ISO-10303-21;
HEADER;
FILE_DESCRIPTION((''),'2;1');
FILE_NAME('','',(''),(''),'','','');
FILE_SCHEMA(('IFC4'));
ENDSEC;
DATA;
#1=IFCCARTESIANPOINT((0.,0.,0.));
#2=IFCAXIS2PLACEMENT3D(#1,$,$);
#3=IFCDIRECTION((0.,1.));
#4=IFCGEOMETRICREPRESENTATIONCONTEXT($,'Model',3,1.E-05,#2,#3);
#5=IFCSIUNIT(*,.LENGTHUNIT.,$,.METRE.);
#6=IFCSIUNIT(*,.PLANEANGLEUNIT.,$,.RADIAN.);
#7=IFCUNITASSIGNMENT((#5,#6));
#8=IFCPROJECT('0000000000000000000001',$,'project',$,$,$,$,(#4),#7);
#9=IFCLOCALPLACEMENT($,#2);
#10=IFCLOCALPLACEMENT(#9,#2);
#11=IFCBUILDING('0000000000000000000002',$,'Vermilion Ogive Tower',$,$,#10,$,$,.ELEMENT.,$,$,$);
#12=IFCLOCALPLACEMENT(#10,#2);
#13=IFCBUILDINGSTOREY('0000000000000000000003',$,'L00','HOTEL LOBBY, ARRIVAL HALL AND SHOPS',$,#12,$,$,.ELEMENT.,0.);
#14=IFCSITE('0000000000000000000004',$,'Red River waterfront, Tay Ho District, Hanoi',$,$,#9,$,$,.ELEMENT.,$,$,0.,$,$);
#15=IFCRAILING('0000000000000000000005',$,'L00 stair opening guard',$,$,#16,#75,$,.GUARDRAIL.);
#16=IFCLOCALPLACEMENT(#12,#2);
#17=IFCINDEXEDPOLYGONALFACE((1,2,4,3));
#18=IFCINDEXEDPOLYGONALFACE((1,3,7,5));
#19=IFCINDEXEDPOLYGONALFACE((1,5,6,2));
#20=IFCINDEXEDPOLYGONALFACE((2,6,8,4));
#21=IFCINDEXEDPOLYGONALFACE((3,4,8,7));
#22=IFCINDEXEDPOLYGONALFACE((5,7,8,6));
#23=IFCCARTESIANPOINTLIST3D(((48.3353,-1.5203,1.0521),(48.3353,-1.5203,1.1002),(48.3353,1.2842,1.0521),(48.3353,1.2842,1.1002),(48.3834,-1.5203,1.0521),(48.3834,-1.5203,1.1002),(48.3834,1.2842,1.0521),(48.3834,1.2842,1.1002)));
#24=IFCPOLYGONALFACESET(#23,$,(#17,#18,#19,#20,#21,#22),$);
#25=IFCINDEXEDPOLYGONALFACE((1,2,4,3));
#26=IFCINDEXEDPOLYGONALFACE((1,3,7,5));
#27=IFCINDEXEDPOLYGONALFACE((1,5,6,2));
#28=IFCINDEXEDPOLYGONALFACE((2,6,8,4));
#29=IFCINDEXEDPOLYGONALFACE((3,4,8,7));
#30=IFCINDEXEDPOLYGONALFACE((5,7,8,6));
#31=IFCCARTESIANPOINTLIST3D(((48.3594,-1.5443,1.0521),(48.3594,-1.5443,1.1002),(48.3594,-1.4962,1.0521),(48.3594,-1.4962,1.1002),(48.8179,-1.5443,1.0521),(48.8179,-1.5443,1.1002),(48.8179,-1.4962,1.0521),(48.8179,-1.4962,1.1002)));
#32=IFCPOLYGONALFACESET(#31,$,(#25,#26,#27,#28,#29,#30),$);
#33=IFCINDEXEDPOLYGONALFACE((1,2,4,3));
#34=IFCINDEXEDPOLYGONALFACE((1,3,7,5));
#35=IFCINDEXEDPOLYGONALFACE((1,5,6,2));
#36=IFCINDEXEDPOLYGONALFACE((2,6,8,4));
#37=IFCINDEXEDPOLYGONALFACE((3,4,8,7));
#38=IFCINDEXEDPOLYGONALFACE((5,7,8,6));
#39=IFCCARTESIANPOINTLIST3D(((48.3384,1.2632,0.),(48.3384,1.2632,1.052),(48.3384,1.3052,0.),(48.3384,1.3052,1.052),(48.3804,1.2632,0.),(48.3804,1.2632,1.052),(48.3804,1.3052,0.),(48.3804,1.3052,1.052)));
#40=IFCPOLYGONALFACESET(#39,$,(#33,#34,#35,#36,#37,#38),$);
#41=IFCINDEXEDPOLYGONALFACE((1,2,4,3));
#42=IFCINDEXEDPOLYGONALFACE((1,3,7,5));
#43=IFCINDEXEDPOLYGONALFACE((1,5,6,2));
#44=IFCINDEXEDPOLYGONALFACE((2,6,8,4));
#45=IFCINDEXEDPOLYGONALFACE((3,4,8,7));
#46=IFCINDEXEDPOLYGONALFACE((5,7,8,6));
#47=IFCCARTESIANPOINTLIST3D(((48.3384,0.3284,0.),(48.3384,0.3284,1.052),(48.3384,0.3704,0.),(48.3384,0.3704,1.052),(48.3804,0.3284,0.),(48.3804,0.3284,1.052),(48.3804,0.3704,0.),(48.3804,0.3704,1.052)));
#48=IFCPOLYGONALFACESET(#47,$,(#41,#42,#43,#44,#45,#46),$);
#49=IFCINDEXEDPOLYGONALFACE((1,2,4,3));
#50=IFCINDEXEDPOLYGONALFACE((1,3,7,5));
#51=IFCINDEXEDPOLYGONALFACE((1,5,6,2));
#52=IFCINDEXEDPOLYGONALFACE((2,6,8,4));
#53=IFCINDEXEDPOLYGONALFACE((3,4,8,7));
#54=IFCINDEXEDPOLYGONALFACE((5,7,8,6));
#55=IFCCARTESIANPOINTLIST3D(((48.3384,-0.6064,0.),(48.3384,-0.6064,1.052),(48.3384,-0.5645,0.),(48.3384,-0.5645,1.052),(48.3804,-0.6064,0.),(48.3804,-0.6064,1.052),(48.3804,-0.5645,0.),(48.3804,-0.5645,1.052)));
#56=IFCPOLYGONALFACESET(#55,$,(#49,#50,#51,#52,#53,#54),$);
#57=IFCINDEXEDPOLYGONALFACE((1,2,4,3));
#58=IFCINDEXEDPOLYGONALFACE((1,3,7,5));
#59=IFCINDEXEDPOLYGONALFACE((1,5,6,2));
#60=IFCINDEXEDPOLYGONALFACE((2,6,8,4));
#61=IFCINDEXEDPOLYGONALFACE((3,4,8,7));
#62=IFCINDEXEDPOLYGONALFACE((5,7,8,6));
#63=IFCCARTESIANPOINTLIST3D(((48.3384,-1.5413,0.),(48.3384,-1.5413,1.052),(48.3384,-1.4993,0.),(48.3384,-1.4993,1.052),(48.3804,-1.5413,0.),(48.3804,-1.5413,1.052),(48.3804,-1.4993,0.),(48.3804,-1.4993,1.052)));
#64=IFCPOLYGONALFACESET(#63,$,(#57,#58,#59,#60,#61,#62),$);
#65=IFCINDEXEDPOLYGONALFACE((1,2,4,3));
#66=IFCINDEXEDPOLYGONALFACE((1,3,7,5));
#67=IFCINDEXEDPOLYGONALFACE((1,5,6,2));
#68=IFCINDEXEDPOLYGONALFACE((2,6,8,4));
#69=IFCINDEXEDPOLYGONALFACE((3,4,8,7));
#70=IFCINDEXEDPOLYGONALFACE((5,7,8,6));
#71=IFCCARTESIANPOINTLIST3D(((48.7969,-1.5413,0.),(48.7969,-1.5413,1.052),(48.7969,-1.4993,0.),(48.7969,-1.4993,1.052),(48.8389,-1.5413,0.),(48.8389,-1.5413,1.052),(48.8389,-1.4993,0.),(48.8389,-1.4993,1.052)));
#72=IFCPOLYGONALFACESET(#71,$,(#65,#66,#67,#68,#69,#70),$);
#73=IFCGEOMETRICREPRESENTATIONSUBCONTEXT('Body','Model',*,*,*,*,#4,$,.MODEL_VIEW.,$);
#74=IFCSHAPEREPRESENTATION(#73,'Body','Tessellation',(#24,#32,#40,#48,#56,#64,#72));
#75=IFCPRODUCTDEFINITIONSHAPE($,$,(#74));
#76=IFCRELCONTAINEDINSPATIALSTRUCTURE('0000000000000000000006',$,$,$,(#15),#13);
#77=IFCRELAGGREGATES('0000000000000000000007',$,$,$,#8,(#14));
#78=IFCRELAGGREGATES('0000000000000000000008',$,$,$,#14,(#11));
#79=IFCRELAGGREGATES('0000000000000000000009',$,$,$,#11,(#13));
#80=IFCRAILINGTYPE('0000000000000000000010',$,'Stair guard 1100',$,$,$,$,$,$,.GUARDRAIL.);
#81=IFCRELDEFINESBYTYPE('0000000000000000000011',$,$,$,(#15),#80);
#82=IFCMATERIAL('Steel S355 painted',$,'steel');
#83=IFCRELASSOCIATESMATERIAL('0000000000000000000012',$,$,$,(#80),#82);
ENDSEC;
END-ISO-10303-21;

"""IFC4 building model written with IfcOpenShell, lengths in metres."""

from ifc_helpers import new_model, si_unit, direction, frame, origin, origin_2d, place, context, subcontext, project, spatial, rectangle, extrude, material, type_object, element, save


model = new_model("IFC4")

# Units and contexts
model_context = context("Model", 3, precision=1e-05, world=origin(), true_north=direction((0.0, 1.0)))
body_context = subcontext(model_context, "Body", "Model", "MODEL_VIEW")
ifc_project = project(units=[si_unit("LENGTHUNIT", "METRE"), si_unit("PLANEANGLEUNIT", "RADIAN")], contexts=[model_context])

# Site, building, storey
site_placement = place(None, origin())
site = spatial("IfcSite", under=ifc_project, at=site_placement, Name="Red River waterfront, Tay Ho District, Hanoi", CompositionType="ELEMENT", RefElevation=0.0)
building_placement = place(site_placement, origin())
building = spatial("IfcBuilding", under=site, at=building_placement, Name="Vermilion Ogive Tower", CompositionType="ELEMENT")
storey_placement = place(building_placement, origin())
storey = spatial("IfcBuildingStorey", under=building, at=storey_placement, Name="L00", Description="HOTEL LOBBY, ARRIVAL HALL AND SHOPS", CompositionType="ELEMENT", Elevation=0.0)

# Railing
ifc_material_1 = material(Name="Steel S355 painted", Category="steel")
railing_type = type_object("IfcRailingType", Name="Stair guard 1100", PredefinedType="GUARDRAIL", material=ifc_material_1)
railing_placement = place(storey_placement, frame((48.3594, 1.2842, 0.0)))
element("IfcRailing", 1, at=railing_placement, inside=storey, type_object=railing_type, Name="L00 stair opening guard", PredefinedType="GUARDRAIL", context=body_context, shape_type="SweptSolid", body=[
    extrude(rectangle(XDim=0.0481, YDim=0.0481, at=origin_2d()), frame((0.0, 0.0, 1.0762), z_axis=(0.0, -1.0, 0.0), x_axis=(1.0, 0.0, 0.0)), (0.0, 0.0, 1.0), 2.8044),
    extrude(rectangle(XDim=0.0481, YDim=0.0481, at=origin_2d()), frame((0.0, -2.8044, 1.0762), z_axis=(1.0, 0.0, 0.0), x_axis=(0.0, 1.0, 0.0)), (0.0, 0.0, 1.0), 0.4585),
    extrude(rectangle(XDim=0.042, YDim=0.042, at=origin_2d()), origin(), (0.0, 0.0, 1.0), 1.052),
    extrude(rectangle(XDim=0.042, YDim=0.042, at=origin_2d()), frame((0.0, -0.9348, 0.0)), (0.0, 0.0, 1.0), 1.052),
    extrude(rectangle(XDim=0.042, YDim=0.042, at=origin_2d()), frame((0.0, -1.8696, 0.0)), (0.0, 0.0, 1.0), 1.052),
    extrude(rectangle(XDim=0.042, YDim=0.042, at=origin_2d()), frame((0.0, -2.8044, 0.0)), (0.0, 0.0, 1.0), 1.052),
    extrude(rectangle(XDim=0.042, YDim=0.042, at=origin_2d()), frame((0.4585, -2.8044, 0.0)), (0.0, 0.0, 1.0), 1.052),
])

save(model, "model.ifc")
